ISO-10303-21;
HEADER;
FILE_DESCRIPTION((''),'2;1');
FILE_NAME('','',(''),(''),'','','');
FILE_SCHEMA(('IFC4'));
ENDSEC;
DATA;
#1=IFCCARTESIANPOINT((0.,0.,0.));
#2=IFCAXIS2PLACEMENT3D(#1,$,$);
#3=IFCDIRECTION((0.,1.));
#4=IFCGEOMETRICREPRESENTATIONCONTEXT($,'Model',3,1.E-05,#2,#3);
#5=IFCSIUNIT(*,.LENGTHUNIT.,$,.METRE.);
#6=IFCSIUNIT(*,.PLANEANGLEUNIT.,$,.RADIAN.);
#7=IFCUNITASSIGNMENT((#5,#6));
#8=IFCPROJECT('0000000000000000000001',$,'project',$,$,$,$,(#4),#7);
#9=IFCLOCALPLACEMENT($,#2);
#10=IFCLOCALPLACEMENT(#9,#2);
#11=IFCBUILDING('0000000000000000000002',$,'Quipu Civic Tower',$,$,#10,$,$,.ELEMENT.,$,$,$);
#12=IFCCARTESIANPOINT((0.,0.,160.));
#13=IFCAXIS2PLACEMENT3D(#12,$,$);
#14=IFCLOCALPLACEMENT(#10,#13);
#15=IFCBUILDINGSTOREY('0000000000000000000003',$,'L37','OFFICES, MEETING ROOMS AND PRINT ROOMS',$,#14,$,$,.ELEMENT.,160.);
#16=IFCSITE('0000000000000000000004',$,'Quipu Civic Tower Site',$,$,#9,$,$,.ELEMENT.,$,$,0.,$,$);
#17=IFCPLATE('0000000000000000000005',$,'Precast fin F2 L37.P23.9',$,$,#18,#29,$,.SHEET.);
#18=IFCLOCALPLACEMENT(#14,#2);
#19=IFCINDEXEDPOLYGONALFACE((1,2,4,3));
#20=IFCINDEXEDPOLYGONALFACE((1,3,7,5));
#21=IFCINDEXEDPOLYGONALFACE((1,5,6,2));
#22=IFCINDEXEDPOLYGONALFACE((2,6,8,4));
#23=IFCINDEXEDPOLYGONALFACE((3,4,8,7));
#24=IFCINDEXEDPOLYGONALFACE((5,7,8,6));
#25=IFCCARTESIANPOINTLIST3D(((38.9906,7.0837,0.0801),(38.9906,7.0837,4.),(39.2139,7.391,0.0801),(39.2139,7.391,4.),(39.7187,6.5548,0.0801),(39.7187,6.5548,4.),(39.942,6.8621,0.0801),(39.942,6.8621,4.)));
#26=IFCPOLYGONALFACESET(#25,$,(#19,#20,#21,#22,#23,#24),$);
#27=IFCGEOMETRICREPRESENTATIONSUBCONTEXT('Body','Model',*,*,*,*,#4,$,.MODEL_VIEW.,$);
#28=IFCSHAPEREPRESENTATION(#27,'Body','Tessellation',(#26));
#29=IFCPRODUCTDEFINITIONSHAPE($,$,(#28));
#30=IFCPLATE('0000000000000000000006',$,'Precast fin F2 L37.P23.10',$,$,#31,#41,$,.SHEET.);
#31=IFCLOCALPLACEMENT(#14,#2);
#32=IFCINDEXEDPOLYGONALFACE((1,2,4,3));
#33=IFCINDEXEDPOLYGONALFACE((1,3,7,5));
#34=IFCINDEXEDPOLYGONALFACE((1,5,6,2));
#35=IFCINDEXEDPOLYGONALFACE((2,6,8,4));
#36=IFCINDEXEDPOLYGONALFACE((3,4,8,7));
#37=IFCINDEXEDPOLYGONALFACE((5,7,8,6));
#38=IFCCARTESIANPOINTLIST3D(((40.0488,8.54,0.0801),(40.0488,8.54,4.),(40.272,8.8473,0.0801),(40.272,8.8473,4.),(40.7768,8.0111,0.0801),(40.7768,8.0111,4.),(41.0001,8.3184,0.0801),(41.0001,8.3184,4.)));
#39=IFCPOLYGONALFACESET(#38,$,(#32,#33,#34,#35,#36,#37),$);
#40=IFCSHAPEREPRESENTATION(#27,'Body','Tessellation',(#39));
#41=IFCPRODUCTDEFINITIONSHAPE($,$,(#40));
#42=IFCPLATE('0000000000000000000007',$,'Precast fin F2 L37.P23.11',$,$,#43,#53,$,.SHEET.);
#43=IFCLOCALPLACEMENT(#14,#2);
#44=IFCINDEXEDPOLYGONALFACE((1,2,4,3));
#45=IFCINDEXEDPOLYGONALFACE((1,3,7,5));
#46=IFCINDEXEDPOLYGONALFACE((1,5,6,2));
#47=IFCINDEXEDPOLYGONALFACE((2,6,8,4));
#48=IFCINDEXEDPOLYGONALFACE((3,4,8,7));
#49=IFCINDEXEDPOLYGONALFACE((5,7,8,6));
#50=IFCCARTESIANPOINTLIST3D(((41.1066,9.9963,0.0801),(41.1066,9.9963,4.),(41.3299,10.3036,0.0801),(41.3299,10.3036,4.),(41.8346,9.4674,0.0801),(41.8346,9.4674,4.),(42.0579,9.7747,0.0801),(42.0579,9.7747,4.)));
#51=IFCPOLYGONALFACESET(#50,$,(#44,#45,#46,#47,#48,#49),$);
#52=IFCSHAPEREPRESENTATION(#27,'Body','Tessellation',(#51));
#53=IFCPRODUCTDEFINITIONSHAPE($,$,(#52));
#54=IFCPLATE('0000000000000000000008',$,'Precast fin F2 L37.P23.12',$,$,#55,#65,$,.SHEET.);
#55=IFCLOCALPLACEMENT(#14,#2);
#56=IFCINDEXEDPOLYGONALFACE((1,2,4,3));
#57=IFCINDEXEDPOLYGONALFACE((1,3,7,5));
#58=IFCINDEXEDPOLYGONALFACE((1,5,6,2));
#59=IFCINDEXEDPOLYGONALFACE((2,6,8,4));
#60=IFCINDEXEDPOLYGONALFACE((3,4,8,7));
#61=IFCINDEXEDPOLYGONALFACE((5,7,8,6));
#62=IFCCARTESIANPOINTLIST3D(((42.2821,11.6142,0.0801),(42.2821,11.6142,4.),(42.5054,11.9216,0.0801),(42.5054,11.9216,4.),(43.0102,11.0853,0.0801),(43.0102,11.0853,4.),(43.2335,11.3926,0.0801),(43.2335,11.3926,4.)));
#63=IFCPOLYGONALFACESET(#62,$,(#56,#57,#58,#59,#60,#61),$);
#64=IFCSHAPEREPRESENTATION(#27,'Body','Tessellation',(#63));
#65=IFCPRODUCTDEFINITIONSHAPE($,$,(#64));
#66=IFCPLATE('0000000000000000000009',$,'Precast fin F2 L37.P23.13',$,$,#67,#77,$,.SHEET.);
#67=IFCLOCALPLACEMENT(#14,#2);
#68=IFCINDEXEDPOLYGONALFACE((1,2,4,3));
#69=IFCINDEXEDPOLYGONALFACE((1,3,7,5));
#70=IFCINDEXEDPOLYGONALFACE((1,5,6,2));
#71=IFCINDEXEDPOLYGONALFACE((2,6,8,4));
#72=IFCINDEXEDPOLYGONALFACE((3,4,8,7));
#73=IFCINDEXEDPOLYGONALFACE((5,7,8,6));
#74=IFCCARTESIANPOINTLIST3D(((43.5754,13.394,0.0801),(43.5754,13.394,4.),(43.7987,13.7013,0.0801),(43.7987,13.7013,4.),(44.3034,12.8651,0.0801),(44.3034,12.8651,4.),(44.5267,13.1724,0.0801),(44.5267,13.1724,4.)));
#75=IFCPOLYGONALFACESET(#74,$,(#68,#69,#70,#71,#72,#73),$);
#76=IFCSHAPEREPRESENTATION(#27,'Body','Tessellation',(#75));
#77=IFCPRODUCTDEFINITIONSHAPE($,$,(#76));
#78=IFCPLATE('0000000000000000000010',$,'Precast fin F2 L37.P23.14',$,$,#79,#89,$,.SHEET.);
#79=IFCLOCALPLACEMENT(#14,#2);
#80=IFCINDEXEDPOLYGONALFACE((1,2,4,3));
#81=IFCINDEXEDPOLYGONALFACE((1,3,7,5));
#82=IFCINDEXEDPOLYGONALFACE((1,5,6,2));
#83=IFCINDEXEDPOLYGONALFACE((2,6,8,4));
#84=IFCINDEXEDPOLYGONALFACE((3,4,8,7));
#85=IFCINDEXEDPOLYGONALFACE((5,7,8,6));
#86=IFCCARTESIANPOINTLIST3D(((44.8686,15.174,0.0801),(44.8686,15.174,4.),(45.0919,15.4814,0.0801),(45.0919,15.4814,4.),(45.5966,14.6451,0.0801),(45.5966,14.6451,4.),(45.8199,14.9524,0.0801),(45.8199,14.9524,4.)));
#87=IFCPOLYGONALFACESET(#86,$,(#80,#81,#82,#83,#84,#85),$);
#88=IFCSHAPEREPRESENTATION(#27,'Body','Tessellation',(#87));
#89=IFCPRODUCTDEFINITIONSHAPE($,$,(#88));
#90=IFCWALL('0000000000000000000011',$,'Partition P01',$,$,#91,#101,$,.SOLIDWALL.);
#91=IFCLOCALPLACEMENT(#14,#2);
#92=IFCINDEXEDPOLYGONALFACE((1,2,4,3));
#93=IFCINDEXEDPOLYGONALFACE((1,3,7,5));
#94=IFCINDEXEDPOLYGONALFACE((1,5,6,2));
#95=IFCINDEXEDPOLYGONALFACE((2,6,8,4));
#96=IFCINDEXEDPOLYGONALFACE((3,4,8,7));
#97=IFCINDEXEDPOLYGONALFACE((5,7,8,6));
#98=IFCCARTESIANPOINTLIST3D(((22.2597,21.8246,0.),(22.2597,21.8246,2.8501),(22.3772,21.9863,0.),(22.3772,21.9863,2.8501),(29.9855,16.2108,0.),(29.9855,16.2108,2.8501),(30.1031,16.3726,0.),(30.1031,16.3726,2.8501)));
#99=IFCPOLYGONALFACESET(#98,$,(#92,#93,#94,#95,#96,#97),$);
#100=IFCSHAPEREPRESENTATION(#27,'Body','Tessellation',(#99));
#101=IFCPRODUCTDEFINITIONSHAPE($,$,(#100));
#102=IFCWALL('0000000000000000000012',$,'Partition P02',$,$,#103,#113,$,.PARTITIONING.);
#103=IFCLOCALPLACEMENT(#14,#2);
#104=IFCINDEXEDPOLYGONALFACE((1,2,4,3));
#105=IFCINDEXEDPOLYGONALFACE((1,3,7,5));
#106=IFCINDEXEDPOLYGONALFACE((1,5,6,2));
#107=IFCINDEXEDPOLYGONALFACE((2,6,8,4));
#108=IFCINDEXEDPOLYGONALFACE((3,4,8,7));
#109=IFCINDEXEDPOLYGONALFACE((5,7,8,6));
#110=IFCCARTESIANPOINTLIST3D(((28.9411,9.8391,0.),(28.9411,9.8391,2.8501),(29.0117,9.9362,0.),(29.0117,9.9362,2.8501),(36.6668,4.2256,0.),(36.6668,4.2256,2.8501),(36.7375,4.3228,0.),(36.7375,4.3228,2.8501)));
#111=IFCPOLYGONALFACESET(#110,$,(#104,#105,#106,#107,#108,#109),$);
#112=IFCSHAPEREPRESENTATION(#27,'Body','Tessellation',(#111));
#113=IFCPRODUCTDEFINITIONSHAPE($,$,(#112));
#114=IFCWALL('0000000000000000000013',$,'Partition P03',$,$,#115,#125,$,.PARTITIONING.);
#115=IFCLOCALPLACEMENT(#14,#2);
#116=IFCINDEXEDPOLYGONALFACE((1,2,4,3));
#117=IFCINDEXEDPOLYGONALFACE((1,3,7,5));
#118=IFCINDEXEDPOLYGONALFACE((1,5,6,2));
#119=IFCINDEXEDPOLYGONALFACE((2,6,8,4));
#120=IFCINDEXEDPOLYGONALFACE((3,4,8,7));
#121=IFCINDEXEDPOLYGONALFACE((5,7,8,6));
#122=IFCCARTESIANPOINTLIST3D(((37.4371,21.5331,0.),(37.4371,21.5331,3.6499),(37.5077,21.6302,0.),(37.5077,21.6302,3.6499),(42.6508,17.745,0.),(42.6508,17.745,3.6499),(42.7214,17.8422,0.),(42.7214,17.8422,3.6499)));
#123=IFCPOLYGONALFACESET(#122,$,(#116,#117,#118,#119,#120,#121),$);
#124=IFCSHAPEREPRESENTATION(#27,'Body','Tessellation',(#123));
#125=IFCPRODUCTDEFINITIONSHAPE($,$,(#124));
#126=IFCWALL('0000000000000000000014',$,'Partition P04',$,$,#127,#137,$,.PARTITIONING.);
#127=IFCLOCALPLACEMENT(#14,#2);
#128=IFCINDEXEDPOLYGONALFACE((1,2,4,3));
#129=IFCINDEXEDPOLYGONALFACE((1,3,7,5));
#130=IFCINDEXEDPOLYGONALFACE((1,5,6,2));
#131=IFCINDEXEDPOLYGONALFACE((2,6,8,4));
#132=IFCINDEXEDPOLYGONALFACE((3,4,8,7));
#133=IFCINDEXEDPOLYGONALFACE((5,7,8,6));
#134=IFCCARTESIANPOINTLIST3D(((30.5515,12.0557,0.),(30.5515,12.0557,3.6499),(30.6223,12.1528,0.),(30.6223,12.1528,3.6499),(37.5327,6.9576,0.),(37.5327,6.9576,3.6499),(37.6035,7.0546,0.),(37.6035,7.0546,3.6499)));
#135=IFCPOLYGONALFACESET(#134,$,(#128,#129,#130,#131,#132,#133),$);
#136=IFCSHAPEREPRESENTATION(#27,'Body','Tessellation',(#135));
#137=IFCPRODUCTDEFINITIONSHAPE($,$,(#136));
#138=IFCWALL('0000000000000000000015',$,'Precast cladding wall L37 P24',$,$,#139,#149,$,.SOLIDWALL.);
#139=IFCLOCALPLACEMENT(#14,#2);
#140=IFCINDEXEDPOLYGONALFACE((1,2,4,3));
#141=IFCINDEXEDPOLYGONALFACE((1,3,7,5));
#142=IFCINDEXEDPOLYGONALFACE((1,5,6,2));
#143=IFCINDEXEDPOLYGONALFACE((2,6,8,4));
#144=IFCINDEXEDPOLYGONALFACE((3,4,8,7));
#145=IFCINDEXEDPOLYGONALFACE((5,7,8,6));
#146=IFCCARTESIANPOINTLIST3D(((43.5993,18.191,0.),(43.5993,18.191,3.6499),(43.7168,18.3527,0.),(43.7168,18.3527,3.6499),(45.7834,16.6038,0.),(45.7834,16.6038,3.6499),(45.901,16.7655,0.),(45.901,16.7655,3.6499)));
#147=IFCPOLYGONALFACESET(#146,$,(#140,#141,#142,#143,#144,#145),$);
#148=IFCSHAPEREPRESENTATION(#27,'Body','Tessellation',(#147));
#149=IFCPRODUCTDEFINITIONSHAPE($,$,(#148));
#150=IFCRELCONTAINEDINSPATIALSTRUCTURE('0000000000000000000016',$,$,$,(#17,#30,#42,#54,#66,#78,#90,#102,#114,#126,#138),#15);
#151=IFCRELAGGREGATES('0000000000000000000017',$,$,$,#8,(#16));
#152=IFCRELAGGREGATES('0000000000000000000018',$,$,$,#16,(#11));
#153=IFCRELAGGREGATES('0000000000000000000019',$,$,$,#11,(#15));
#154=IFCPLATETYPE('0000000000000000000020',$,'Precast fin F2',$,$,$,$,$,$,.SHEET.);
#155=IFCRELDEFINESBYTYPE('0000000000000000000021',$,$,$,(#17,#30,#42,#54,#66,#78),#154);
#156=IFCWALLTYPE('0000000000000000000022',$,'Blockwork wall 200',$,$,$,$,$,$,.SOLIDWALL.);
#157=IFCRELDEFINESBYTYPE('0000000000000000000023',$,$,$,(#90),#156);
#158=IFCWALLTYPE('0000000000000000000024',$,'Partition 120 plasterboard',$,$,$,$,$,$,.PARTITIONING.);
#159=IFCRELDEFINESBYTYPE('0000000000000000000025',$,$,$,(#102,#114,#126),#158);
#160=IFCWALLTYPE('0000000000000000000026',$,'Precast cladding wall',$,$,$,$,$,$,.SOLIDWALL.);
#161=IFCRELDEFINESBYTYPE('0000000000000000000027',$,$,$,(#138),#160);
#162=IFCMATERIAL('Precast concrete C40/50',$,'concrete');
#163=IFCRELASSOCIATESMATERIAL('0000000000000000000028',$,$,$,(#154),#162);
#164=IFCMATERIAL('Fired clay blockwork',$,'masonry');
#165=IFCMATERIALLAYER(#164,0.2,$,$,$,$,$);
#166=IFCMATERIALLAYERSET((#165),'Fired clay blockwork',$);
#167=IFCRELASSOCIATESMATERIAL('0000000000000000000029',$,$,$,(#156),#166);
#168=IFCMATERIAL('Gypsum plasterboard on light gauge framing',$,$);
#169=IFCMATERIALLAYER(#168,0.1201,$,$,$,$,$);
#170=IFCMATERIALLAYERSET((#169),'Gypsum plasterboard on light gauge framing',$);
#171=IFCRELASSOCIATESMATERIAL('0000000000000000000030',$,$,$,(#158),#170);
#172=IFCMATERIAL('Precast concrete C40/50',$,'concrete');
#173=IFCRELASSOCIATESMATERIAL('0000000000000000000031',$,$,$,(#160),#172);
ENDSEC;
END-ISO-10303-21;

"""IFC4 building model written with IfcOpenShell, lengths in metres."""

from ifc_helpers import new_model, si_unit, direction, frame, frame_2d, origin, origin_2d, place, context, subcontext, project, spatial, rectangle, extrude, material, layer, layer_set, type_object, element, save


model = new_model("IFC4")

# Units and contexts
model_context = context("Model", 3, precision=1e-05, world=origin(), true_north=direction((0.0, 1.0)))
body_context = subcontext(model_context, "Body", "Model", "MODEL_VIEW")
ifc_project = project(units=[si_unit("LENGTHUNIT", "METRE"), si_unit("PLANEANGLEUNIT", "RADIAN")], contexts=[model_context])

# Site, building, storey
site_placement = place(None, origin())
site = spatial("IfcSite", under=ifc_project, at=site_placement, Name="Quipu Civic Tower Site", CompositionType="ELEMENT", RefElevation=0.0)
building_placement = place(site_placement, origin())
building = spatial("IfcBuilding", under=site, at=building_placement, Name="Quipu Civic Tower", CompositionType="ELEMENT")
storey_placement = place(building_placement, frame((0.0, 0.0, 160.0)))
storey = spatial("IfcBuildingStorey", under=building, at=storey_placement, Name="L37", Description="OFFICES, MEETING ROOMS AND PRINT ROOMS", CompositionType="ELEMENT", Elevation=160.0)

# Plates
ifc_material_1 = material(Name="Precast concrete C40/50", Category="concrete")
plate_type_1 = type_object("IfcPlateType", Name="Precast fin F2", PredefinedType="SHEET", material=ifc_material_1)
for number, where, z_axis, x_axis, name in (
    (1, (39.4663, 6.9729, 0.0801), (0.0, 0.0, 1.0), (0.587786, 0.809017, 0.0), "Precast fin F2 L37.P23.9"),
    (2, (40.5244, 8.4292, 0.0801), (0.0, 0.0, 1.0), (0.587786, 0.809017, 0.0), "Precast fin F2 L37.P23.10"),
    (3, (41.5823, 9.8855, 0.0801), (0.0, 0.0, 1.0), (0.587786, 0.809017, 0.0), "Precast fin F2 L37.P23.11"),
    (4, (42.7578, 11.5034, 0.0801), (0.0, 0.0, 1.0), (0.587786, 0.809017, 0.0), "Precast fin F2 L37.P23.12"),
    (5, (44.051, 13.2832, 0.0801), (0.0, 0.0, 1.0), (0.587786, 0.809017, 0.0), "Precast fin F2 L37.P23.13"),
    (6, (45.3442, 15.0632, 0.0801), (0.0, 0.0, 1.0), (0.587786, 0.809017, 0.0), "Precast fin F2 L37.P23.14"),
):
    element("IfcPlate", number, at=place(storey_placement, frame(where, z_axis=z_axis, x_axis=x_axis)), inside=storey, type_object=plate_type_1, Name=name, PredefinedType="SHEET", context=body_context, shape_type="SweptSolid", body=[
        extrude(rectangle(XDim=0.3799, YDim=0.8999, at=origin_2d()), origin(), (0.0, 0.0, 1.0), 3.9199),
    ])

# Walls
ifc_material_2 = material(Name="Fired clay blockwork", Category="masonry")
ifc_layer_1 = layer(ifc_material_2, 0.2)
ifc_layer_set_1 = layer_set([ifc_layer_1], Name="Fired clay blockwork")
wall_type_1 = type_object("IfcWallType", Name="Blockwork wall 200", PredefinedType="SOLIDWALL", material=ifc_layer_set_1)
wall_1_placement = place(storey_placement, frame((30.0442, 16.2917, 0.0), z_axis=(0.0, 0.0, 1.0), x_axis=(-0.808986, 0.587828, 0.0)))
element("IfcWall", 7, at=wall_1_placement, inside=storey, type_object=wall_type_1, Name="Partition P01", PredefinedType="SOLIDWALL", context=body_context, shape_type="SweptSolid", body=[
    extrude(rectangle(XDim=9.55, YDim=0.2, at=frame_2d((4.7749, 0.0))), origin(), (0.0, 0.0, 1.0), 2.8501),
])
ifc_material_3 = material(Name="Gypsum plasterboard on light gauge framing")
ifc_layer_2 = layer(ifc_material_3, 0.1201)
ifc_layer_set_2 = layer_set([ifc_layer_2], Name="Gypsum plasterboard on light gauge framing")
wall_type_2 = type_object("IfcWallType", Name="Partition 120 plasterboard", PredefinedType="PARTITIONING", material=ifc_layer_set_2)
wall_2_placement = place(storey_placement, frame((36.7021, 4.2742, 0.0), z_axis=(0.0, 0.0, 1.0), x_axis=(-0.808998, 0.587811, 0.0)))
element("IfcWall", 8, at=wall_2_placement, inside=storey, type_object=wall_type_2, Name="Partition P02", PredefinedType="PARTITIONING", context=body_context, shape_type="SweptSolid", body=[
    extrude(rectangle(XDim=9.5498, YDim=0.1201, at=frame_2d((4.7749, 0.0))), origin(), (0.0, 0.0, 1.0), 2.8501),
])
wall_3_placement = place(storey_placement, frame((42.686, 17.7937, 0.0), z_axis=(0.0, 0.0, 1.0), x_axis=(-0.809018, 0.587784, 0.0)))
element("IfcWall", 9, at=wall_3_placement, inside=storey, type_object=wall_type_2, Name="Partition P03", PredefinedType="PARTITIONING", context=body_context, shape_type="SweptSolid", body=[
    extrude(rectangle(XDim=6.4446, YDim=0.1201, at=frame_2d((3.2222, 0.0))), origin(), (0.0, 0.0, 1.0), 3.6499),
])
wall_4_placement = place(storey_placement, frame((30.5869, 12.1042, 0.0), z_axis=(0.0, 0.0, 1.0), x_axis=(0.807584, -0.589752, 0.0)))
element("IfcWall", 10, at=wall_4_placement, inside=storey, type_object=wall_type_2, Name="Partition P04", PredefinedType="PARTITIONING", context=body_context, shape_type="SweptSolid", body=[
    extrude(rectangle(XDim=8.6445, YDim=0.1201, at=frame_2d((4.3223, 0.0))), origin(), (0.0, 0.0, 1.0), 3.6499),
])
ifc_material_4 = material(Name="Precast concrete C40/50", Category="concrete")
wall_type_3 = type_object("IfcWallType", Name="Precast cladding wall", PredefinedType="SOLIDWALL", material=ifc_material_4)
wall_5_placement = place(storey_placement, frame((45.8423, 16.6846, 0.0), z_axis=(0.0, 0.0, 1.0), x_axis=(-0.808959, 0.587865, 0.0)))
element("IfcWall", 11, at=wall_5_placement, inside=storey, type_object=wall_type_3, Name="Precast cladding wall L37 P24", PredefinedType="SOLIDWALL", context=body_context, shape_type="SweptSolid", body=[
    extrude(rectangle(XDim=2.7, YDim=0.2, at=frame_2d((1.3501, 0.0))), origin(), (0.0, 0.0, 1.0), 3.6499),
])

save(model, "model.ifc")
